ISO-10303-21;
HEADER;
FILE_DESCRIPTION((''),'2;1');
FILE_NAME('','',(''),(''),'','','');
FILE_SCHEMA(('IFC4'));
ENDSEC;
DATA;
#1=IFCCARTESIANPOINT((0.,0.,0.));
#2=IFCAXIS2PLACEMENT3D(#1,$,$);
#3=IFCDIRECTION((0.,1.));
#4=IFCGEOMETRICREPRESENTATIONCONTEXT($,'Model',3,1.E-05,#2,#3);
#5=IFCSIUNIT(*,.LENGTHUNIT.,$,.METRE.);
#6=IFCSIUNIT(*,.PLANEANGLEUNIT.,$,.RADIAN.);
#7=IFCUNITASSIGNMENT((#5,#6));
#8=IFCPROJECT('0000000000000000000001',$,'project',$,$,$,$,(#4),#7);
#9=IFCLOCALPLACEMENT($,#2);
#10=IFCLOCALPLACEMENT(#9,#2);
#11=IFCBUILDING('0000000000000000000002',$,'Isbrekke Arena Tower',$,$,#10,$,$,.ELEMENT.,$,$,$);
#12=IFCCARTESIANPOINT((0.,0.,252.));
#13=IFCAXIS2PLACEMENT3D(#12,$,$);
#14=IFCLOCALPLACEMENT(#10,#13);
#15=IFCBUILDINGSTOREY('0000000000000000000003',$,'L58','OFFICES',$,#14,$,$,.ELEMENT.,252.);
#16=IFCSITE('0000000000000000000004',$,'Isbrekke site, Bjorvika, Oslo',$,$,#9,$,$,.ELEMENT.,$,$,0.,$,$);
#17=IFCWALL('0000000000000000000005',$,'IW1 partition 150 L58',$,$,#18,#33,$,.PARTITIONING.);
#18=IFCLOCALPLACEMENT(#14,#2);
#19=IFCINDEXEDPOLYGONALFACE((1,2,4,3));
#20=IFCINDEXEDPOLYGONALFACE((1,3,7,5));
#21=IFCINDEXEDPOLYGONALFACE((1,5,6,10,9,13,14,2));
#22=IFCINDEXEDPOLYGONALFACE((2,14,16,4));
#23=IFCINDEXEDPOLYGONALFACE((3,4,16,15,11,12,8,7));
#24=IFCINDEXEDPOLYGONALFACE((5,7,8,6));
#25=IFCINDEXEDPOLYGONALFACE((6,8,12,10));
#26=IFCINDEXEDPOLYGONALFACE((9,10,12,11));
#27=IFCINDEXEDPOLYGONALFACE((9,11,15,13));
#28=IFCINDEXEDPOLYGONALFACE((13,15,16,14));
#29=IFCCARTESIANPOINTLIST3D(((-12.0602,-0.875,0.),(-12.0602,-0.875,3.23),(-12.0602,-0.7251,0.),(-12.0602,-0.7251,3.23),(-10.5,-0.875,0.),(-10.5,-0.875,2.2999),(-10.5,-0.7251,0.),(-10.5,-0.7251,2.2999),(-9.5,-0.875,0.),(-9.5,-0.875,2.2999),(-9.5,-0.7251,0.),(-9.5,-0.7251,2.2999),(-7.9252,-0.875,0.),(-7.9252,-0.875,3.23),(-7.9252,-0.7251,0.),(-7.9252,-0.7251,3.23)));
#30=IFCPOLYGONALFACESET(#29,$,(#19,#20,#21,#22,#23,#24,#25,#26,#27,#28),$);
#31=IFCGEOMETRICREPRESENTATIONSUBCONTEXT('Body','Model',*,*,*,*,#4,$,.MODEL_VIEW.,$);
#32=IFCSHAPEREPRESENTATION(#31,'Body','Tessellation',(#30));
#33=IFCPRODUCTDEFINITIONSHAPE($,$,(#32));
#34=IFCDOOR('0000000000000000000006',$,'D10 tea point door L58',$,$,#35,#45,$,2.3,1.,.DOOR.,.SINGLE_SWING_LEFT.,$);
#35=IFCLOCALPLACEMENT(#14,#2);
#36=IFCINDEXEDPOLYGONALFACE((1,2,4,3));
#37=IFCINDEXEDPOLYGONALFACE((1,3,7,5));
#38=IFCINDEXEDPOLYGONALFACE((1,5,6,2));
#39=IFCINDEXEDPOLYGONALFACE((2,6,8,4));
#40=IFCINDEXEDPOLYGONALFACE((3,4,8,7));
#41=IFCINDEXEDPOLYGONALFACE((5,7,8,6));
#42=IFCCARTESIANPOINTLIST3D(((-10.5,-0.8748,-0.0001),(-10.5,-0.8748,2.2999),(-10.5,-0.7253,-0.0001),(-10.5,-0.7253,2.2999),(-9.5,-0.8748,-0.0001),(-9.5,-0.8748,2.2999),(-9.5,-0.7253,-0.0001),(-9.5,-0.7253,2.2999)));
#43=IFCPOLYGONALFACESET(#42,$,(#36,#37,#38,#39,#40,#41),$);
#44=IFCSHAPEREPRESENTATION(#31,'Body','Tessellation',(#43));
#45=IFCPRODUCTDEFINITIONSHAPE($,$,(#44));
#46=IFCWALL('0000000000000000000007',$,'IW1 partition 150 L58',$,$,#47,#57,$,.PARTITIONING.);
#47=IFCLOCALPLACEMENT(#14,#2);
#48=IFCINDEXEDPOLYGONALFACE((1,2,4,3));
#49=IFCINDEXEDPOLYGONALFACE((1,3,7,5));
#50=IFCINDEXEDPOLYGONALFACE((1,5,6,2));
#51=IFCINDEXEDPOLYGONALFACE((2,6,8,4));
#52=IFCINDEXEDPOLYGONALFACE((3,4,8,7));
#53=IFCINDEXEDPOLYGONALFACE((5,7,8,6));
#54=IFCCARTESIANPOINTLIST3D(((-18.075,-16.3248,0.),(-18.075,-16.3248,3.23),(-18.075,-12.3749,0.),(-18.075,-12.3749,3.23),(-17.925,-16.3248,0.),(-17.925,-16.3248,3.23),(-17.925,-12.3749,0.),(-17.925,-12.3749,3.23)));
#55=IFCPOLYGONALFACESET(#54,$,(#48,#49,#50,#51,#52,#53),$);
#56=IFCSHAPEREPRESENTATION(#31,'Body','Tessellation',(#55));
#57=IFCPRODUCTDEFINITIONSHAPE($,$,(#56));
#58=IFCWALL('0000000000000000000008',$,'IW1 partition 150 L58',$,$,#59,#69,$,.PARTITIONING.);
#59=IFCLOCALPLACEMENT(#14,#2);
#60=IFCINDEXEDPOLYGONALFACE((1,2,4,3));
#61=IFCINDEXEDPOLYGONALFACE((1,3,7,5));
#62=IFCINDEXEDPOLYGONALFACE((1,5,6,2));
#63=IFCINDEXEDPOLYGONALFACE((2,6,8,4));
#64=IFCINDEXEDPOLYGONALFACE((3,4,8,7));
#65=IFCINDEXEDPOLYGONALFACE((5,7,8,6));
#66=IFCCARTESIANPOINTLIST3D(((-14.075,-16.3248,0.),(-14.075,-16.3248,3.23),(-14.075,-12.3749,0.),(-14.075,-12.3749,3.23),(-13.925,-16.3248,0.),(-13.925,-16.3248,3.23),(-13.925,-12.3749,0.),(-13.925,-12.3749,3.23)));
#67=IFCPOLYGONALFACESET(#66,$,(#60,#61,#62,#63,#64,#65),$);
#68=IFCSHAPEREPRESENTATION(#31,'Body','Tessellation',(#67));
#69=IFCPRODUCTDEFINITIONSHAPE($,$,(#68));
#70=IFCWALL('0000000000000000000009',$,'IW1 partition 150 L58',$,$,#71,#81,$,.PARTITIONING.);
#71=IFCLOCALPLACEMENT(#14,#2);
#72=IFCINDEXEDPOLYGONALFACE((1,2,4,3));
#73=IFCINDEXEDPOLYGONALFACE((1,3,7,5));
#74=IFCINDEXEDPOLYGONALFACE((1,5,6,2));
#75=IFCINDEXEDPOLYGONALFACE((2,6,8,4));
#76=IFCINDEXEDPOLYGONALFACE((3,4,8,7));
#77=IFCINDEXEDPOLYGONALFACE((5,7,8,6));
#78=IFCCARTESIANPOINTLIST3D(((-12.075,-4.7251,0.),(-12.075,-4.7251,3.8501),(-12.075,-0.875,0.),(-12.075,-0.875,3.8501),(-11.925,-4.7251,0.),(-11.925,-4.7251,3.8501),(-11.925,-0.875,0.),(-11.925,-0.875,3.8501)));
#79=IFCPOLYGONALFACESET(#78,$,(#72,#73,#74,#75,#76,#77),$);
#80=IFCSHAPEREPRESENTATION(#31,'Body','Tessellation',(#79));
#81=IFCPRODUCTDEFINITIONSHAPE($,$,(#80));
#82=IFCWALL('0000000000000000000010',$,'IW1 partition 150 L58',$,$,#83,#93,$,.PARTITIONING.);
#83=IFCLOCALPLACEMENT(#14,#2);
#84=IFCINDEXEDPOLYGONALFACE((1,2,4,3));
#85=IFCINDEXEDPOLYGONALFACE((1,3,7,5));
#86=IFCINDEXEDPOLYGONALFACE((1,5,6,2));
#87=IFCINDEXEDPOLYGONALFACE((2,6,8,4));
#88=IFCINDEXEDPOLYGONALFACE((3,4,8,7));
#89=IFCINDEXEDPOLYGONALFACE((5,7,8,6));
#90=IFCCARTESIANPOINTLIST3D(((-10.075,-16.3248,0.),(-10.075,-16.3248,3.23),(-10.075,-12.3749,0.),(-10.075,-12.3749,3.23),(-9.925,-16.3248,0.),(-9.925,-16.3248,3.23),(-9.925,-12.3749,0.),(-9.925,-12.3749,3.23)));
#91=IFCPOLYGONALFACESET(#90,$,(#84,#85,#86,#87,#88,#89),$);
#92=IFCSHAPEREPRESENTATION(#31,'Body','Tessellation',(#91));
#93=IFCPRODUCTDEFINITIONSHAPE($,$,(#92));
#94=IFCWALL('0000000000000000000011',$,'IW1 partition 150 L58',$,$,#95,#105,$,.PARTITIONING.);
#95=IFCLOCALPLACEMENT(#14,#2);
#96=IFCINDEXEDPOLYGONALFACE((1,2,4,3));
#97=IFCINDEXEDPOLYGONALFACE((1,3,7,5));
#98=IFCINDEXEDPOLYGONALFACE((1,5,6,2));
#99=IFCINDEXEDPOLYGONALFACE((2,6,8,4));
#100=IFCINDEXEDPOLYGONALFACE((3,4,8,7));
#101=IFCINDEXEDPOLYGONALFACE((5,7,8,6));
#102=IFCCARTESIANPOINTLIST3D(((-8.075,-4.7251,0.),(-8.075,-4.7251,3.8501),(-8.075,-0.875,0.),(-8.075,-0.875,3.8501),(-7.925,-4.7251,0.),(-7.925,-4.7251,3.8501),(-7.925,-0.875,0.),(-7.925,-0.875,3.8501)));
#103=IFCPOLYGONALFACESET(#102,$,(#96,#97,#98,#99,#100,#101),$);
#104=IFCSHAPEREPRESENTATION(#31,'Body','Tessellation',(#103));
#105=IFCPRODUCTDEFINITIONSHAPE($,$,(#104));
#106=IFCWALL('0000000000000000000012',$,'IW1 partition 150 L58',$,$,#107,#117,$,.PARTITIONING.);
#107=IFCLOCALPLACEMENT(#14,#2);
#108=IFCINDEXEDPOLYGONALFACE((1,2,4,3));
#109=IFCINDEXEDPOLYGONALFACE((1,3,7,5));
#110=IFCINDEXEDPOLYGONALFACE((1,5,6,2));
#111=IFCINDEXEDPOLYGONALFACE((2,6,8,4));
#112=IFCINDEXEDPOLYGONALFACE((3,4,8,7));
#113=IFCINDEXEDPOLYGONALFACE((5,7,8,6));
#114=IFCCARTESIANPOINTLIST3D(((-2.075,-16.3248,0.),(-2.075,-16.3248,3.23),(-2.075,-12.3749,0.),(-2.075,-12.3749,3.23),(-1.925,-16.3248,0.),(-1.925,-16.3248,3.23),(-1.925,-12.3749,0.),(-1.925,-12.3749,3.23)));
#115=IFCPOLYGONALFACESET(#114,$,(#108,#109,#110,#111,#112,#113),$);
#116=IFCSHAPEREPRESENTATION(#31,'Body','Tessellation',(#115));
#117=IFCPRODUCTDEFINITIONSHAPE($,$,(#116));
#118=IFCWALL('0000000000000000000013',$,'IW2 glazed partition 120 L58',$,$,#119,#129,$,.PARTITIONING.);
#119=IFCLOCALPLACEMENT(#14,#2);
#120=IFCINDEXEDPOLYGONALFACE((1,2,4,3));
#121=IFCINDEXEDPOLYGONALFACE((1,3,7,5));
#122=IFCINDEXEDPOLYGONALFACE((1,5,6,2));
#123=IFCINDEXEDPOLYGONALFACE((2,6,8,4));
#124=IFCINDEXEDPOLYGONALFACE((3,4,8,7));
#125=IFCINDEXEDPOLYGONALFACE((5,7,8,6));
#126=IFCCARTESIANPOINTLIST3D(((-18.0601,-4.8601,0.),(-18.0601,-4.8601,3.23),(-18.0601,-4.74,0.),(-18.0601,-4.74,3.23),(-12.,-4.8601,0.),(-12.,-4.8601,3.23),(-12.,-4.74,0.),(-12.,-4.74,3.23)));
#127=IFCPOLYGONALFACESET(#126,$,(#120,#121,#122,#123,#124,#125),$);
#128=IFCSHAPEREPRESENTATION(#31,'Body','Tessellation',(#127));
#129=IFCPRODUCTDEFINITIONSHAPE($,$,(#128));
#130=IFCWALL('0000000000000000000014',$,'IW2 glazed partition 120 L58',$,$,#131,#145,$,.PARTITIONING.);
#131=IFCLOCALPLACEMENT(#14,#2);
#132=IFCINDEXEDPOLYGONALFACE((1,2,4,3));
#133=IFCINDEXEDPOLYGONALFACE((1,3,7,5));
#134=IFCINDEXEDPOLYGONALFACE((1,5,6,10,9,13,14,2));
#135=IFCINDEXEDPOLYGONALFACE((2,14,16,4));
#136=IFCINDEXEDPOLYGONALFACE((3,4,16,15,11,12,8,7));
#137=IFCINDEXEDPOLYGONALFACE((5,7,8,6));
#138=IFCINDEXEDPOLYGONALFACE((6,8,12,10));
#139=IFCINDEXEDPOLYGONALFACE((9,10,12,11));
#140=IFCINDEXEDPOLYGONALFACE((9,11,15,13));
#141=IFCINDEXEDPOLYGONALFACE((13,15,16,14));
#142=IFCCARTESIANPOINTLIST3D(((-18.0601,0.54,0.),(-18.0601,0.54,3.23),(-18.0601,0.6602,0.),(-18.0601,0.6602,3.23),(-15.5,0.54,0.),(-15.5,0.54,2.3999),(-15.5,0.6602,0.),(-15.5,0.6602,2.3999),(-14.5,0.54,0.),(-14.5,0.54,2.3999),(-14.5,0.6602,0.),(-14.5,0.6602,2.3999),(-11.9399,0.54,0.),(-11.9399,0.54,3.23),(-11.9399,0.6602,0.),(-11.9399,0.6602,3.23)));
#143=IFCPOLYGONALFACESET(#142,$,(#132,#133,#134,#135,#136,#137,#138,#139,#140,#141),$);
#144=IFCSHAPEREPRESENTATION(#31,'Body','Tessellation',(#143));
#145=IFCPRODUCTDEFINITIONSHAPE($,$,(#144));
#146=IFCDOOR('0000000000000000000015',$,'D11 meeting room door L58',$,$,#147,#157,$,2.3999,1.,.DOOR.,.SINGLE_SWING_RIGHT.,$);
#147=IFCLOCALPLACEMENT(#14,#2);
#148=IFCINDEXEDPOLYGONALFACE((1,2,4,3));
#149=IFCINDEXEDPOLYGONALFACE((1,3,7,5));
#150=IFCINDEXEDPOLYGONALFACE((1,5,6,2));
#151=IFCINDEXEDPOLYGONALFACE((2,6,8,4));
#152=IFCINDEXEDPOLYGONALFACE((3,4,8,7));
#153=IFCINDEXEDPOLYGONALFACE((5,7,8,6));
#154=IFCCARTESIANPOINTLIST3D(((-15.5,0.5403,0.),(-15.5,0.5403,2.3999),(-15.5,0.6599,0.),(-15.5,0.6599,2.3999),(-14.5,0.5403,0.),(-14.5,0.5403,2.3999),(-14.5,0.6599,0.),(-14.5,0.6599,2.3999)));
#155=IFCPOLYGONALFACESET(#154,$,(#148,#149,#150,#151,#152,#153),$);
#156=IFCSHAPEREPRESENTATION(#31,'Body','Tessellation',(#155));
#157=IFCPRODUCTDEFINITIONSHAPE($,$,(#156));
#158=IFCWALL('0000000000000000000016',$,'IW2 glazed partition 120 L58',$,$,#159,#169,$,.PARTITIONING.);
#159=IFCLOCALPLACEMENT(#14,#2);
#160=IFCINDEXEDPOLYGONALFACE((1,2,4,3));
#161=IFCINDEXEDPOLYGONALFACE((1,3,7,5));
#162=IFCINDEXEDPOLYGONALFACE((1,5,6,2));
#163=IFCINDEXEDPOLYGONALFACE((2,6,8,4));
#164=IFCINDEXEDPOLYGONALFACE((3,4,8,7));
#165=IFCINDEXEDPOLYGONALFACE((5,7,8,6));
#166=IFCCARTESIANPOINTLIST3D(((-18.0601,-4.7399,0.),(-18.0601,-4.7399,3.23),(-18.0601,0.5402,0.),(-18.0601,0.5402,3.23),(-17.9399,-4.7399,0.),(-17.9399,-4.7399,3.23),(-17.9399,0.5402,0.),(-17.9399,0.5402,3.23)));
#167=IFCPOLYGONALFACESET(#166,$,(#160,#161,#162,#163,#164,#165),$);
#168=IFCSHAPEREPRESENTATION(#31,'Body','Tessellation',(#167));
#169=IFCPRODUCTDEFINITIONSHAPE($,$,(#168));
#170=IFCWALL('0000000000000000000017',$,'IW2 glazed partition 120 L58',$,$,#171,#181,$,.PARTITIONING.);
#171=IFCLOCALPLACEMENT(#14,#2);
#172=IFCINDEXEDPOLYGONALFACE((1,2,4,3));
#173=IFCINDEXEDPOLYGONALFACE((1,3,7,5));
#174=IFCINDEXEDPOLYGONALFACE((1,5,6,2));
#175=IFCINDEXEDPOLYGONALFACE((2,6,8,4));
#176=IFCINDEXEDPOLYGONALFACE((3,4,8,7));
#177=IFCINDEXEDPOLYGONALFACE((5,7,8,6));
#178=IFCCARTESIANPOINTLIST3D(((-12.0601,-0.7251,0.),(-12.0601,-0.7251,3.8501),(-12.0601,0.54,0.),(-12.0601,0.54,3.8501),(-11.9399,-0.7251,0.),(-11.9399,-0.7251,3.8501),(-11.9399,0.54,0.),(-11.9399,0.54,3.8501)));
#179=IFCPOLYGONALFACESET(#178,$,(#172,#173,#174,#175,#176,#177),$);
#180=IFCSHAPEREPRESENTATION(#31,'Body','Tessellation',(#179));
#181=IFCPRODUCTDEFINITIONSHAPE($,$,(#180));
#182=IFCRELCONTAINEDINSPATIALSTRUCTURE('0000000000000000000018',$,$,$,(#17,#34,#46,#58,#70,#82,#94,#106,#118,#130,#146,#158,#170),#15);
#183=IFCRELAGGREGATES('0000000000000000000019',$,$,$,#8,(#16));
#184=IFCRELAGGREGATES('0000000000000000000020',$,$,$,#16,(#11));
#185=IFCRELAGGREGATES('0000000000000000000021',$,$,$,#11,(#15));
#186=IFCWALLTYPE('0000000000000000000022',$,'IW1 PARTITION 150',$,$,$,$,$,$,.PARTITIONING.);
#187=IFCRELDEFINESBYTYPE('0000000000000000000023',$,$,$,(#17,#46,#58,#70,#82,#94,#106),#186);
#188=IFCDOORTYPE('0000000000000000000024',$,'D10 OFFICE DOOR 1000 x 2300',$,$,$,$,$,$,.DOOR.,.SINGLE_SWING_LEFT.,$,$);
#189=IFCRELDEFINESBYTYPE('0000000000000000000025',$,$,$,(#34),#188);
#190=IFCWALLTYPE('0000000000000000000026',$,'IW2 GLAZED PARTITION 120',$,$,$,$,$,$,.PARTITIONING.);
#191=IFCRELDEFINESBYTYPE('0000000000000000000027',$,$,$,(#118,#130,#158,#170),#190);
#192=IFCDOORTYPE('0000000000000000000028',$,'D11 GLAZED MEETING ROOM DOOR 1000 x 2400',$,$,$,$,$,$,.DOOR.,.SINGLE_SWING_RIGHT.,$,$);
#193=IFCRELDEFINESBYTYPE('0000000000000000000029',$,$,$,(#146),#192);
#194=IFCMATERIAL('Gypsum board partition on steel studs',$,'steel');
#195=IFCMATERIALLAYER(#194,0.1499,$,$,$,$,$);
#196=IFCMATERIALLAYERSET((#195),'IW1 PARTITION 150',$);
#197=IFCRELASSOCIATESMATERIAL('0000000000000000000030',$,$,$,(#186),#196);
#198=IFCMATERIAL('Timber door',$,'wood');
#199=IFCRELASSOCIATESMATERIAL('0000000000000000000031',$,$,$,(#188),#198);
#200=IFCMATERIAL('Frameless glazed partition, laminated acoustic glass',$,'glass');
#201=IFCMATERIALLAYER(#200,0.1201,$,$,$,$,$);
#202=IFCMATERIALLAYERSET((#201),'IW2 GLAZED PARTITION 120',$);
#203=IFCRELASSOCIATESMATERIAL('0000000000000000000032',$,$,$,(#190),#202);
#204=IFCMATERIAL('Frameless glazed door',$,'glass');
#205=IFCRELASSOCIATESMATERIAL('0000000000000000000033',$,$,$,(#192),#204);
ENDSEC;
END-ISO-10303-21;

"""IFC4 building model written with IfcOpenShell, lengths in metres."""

from ifc_helpers import new_model, si_unit, direction, frame, frame_2d, origin, place, context, subcontext, project, spatial, rectangle, extrude, material, layer, layer_set, type_object, element, fill, save


model = new_model("IFC4")

# Units and contexts
model_context = context("Model", 3, precision=1e-05, world=origin(), true_north=direction((0.0, 1.0)))
body_context = subcontext(model_context, "Body", "Model", "MODEL_VIEW")
ifc_project = project(units=[si_unit("LENGTHUNIT", "METRE"), si_unit("PLANEANGLEUNIT", "RADIAN")], contexts=[model_context])

# Site, building, storey
site_placement = place(None, origin())
site = spatial("IfcSite", under=ifc_project, at=site_placement, Name="Isbrekke site, Bjorvika, Oslo", CompositionType="ELEMENT", RefElevation=0.0)
building_placement = place(site_placement, origin())
building = spatial("IfcBuilding", under=site, at=building_placement, Name="Isbrekke Arena Tower", CompositionType="ELEMENT")
storey_placement = place(building_placement, frame((0.0, 0.0, 252.0)))
storey = spatial("IfcBuildingStorey", under=building, at=storey_placement, Name="L58", Description="OFFICES", CompositionType="ELEMENT", Elevation=252.0)

# Shared definitions
ifc_material_1 = material(Name="Gypsum board partition on steel studs", Category="steel")
ifc_layer_1 = layer(ifc_material_1, 0.1499)
ifc_layer_set_1 = layer_set([ifc_layer_1], Name="IW1 PARTITION 150")
wall_type_1 = type_object("IfcWallType", Name="IW1 PARTITION 150", PredefinedType="PARTITIONING", material=ifc_layer_set_1)
ifc_material_2 = material(Name="Timber door", Category="wood")
door_type_1 = type_object("IfcDoorType", Name="D10 OFFICE DOOR 1000 x 2300", OperationType="SINGLE_SWING_LEFT", PredefinedType="DOOR", material=ifc_material_2)

# Wall, opening, door
wall_1_placement = place(storey_placement, frame((-12.0601, -0.8, 0.0), z_axis=(0.0, 0.0, 1.0), x_axis=(1.0, 0.0, 0.0)))
wall_1 = element("IfcWall", 1, at=wall_1_placement, inside=storey, type_object=wall_type_1, Name="IW1 partition 150 L58", PredefinedType="PARTITIONING", context=body_context, shape_type="SweptSolid", body=[
    extrude(rectangle(XDim=4.135, YDim=0.1499, at=frame_2d((2.0674, 0.0))), origin(), (0.0, 0.0, 1.0), 3.23),
])
opening_1_placement = place(wall_1_placement, frame((1.5601, 0.0, 0.0)))
opening_1 = element("IfcOpeningElement", 2, at=opening_1_placement, cuts=wall_1, PredefinedType="OPENING", context=body_context, shape_type="SweptSolid", body=[
    extrude(rectangle(XDim=1.0, YDim=2.3, at=frame_2d((0.5, 1.1499))), frame((0.0, 0.0898, 0.0), z_axis=(0.0, -1.0, 0.0), x_axis=(1.0, 0.0, 0.0)), (0.0, 0.0, 1.0), 0.1797),
])
door_1_placement = place(opening_1_placement, origin())
door_1 = element("IfcDoor", 3, at=door_1_placement, inside=storey, type_object=door_type_1, Name="D10 tea point door L58", OperationType="SINGLE_SWING_LEFT", OverallHeight=2.3, OverallWidth=1.0, PredefinedType="DOOR", context=body_context, shape_type="SweptSolid", body=[
    extrude(rectangle(XDim=1.0, YDim=2.3, at=frame_2d((0.5, 1.1499))), frame((0.0, 0.0747, 0.0), z_axis=(0.0, -1.0, 0.0), x_axis=(1.0, 0.0, 0.0)), (0.0, 0.0, 1.0), 0.1494),
])
fill(opening_1, door_1)

# Walls
for number, where, z_axis, x_axis, name in (
    (4, (-18.0, -16.325, 0.0), (0.0, 0.0, 1.0), (0.0, 1.0, 0.0), "IW1 partition 150 L58"),
    (5, (-14.0, -16.325, 0.0), (0.0, 0.0, 1.0), (0.0, 1.0, 0.0), "IW1 partition 150 L58"),
):
    element("IfcWall", number, at=place(storey_placement, frame(where, z_axis=z_axis, x_axis=x_axis)), inside=storey, type_object=wall_type_1, Name=name, PredefinedType="PARTITIONING", context=body_context, shape_type="SweptSolid", body=[
        extrude(rectangle(XDim=3.95, YDim=0.1499, at=frame_2d((1.9751, 0.0))), origin(), (0.0, 0.0, 1.0), 3.23),
    ])
wall_2_placement = place(storey_placement, frame((-12.0, -4.7251, 0.0), z_axis=(0.0, 0.0, 1.0), x_axis=(0.0, 1.0, 0.0)))
element("IfcWall", 6, at=wall_2_placement, inside=storey, type_object=wall_type_1, Name="IW1 partition 150 L58", PredefinedType="PARTITIONING", context=body_context, shape_type="SweptSolid", body=[
    extrude(rectangle(XDim=3.8501, YDim=0.1499, at=frame_2d((1.925, 0.0))), origin(), (0.0, 0.0, 1.0), 3.8501),
])
wall_3_placement = place(storey_placement, frame((-10.0, -16.325, 0.0), z_axis=(0.0, 0.0, 1.0), x_axis=(0.0, 1.0, 0.0)))
element("IfcWall", 7, at=wall_3_placement, inside=storey, type_object=wall_type_1, Name="IW1 partition 150 L58", PredefinedType="PARTITIONING", context=body_context, shape_type="SweptSolid", body=[
    extrude(rectangle(XDim=3.95, YDim=0.1499, at=frame_2d((1.9751, 0.0))), origin(), (0.0, 0.0, 1.0), 3.23),
])
wall_4_placement = place(storey_placement, frame((-8.0, -4.7251, 0.0), z_axis=(0.0, 0.0, 1.0), x_axis=(0.0, 1.0, 0.0)))
element("IfcWall", 8, at=wall_4_placement, inside=storey, type_object=wall_type_1, Name="IW1 partition 150 L58", PredefinedType="PARTITIONING", context=body_context, shape_type="SweptSolid", body=[
    extrude(rectangle(XDim=3.8501, YDim=0.1499, at=frame_2d((1.925, 0.0))), origin(), (0.0, 0.0, 1.0), 3.8501),
])
wall_5_placement = place(storey_placement, frame((-2.0, -16.325, 0.0), z_axis=(0.0, 0.0, 1.0), x_axis=(0.0, 1.0, 0.0)))
element("IfcWall", 9, at=wall_5_placement, inside=storey, type_object=wall_type_1, Name="IW1 partition 150 L58", PredefinedType="PARTITIONING", context=body_context, shape_type="SweptSolid", body=[
    extrude(rectangle(XDim=3.95, YDim=0.1499, at=frame_2d((1.9751, 0.0))), origin(), (0.0, 0.0, 1.0), 3.23),
])

# Shared definitions
ifc_material_3 = material(Name="Frameless glazed partition, laminated acoustic glass", Category="glass")
ifc_layer_2 = layer(ifc_material_3, 0.1201)
ifc_layer_set_2 = layer_set([ifc_layer_2], Name="IW2 GLAZED PARTITION 120")
wall_type_2 = type_object("IfcWallType", Name="IW2 GLAZED PARTITION 120", PredefinedType="PARTITIONING", material=ifc_layer_set_2)
ifc_material_4 = material(Name="Frameless glazed door", Category="glass")
door_type_2 = type_object("IfcDoorType", Name="D11 GLAZED MEETING ROOM DOOR 1000 x 2400", OperationType="SINGLE_SWING_RIGHT", PredefinedType="DOOR", material=ifc_material_4)

# Wall
wall_6_placement = place(storey_placement, frame((-18.0601, -4.8, 0.0), z_axis=(0.0, 0.0, 1.0), x_axis=(1.0, 0.0, 0.0)))
element("IfcWall", 10, at=wall_6_placement, inside=storey, type_object=wall_type_2, Name="IW2 glazed partition 120 L58", PredefinedType="PARTITIONING", context=body_context, shape_type="SweptSolid", body=[
    extrude(rectangle(XDim=6.0601, YDim=0.1201, at=frame_2d((3.03, 0.0))), origin(), (0.0, 0.0, 1.0), 3.23),
])

# Wall, opening, door
wall_7_placement = place(storey_placement, frame((-18.0601, 0.6001, 0.0), z_axis=(0.0, 0.0, 1.0), x_axis=(1.0, 0.0, 0.0)))
wall_7 = element("IfcWall", 11, at=wall_7_placement, inside=storey, type_object=wall_type_2, Name="IW2 glazed partition 120 L58", PredefinedType="PARTITIONING", context=body_context, shape_type="SweptSolid", body=[
    extrude(rectangle(XDim=6.1201, YDim=0.1201, at=frame_2d((3.0601, 0.0))), origin(), (0.0, 0.0, 1.0), 3.23),
])
opening_2_placement = place(wall_7_placement, frame((2.5601, 0.0, 0.0)))
opening_2 = element("IfcOpeningElement", 12, at=opening_2_placement, cuts=wall_7, PredefinedType="OPENING", context=body_context, shape_type="SweptSolid", body=[
    extrude(rectangle(XDim=1.0, YDim=2.3999, at=frame_2d((0.5, 1.2))), frame((0.0, 0.075, 0.0), z_axis=(0.0, -1.0, 0.0), x_axis=(1.0, 0.0, 0.0)), (0.0, 0.0, 1.0), 0.1499),
])
door_2_placement = place(opening_2_placement, origin())
door_2 = element("IfcDoor", 13, at=door_2_placement, inside=storey, type_object=door_type_2, Name="D11 meeting room door L58", OperationType="SINGLE_SWING_RIGHT", OverallHeight=2.3999, OverallWidth=1.0, PredefinedType="DOOR", context=body_context, shape_type="SweptSolid", body=[
    extrude(rectangle(XDim=1.0, YDim=2.3999, at=frame_2d((0.5, 1.2))), frame((0.0, 0.0598, 0.0), z_axis=(0.0, -1.0, 0.0), x_axis=(1.0, 0.0, 0.0)), (0.0, 0.0, 1.0), 0.1196),
])
fill(opening_2, door_2)

# Walls
wall_8_placement = place(storey_placement, frame((-18.0, -4.74, 0.0), z_axis=(0.0, 0.0, 1.0), x_axis=(0.0, 1.0, 0.0)))
element("IfcWall", 14, at=wall_8_placement, inside=storey, type_object=wall_type_2, Name="IW2 glazed partition 120 L58", PredefinedType="PARTITIONING", context=body_context, shape_type="SweptSolid", body=[
    extrude(rectangle(XDim=5.28, YDim=0.1201, at=frame_2d((2.6401, 0.0))), origin(), (0.0, 0.0, 1.0), 3.23),
])
wall_9_placement = place(storey_placement, frame((-12.0, -0.7251, 0.0), z_axis=(0.0, 0.0, 1.0), x_axis=(0.0, 1.0, 0.0)))
element("IfcWall", 15, at=wall_9_placement, inside=storey, type_object=wall_type_2, Name="IW2 glazed partition 120 L58", PredefinedType="PARTITIONING", context=body_context, shape_type="SweptSolid", body=[
    extrude(rectangle(XDim=1.2651, YDim=0.1201, at=frame_2d((0.6326, 0.0))), origin(), (0.0, 0.0, 1.0), 3.8501),
])

save(model, "model.ifc")
